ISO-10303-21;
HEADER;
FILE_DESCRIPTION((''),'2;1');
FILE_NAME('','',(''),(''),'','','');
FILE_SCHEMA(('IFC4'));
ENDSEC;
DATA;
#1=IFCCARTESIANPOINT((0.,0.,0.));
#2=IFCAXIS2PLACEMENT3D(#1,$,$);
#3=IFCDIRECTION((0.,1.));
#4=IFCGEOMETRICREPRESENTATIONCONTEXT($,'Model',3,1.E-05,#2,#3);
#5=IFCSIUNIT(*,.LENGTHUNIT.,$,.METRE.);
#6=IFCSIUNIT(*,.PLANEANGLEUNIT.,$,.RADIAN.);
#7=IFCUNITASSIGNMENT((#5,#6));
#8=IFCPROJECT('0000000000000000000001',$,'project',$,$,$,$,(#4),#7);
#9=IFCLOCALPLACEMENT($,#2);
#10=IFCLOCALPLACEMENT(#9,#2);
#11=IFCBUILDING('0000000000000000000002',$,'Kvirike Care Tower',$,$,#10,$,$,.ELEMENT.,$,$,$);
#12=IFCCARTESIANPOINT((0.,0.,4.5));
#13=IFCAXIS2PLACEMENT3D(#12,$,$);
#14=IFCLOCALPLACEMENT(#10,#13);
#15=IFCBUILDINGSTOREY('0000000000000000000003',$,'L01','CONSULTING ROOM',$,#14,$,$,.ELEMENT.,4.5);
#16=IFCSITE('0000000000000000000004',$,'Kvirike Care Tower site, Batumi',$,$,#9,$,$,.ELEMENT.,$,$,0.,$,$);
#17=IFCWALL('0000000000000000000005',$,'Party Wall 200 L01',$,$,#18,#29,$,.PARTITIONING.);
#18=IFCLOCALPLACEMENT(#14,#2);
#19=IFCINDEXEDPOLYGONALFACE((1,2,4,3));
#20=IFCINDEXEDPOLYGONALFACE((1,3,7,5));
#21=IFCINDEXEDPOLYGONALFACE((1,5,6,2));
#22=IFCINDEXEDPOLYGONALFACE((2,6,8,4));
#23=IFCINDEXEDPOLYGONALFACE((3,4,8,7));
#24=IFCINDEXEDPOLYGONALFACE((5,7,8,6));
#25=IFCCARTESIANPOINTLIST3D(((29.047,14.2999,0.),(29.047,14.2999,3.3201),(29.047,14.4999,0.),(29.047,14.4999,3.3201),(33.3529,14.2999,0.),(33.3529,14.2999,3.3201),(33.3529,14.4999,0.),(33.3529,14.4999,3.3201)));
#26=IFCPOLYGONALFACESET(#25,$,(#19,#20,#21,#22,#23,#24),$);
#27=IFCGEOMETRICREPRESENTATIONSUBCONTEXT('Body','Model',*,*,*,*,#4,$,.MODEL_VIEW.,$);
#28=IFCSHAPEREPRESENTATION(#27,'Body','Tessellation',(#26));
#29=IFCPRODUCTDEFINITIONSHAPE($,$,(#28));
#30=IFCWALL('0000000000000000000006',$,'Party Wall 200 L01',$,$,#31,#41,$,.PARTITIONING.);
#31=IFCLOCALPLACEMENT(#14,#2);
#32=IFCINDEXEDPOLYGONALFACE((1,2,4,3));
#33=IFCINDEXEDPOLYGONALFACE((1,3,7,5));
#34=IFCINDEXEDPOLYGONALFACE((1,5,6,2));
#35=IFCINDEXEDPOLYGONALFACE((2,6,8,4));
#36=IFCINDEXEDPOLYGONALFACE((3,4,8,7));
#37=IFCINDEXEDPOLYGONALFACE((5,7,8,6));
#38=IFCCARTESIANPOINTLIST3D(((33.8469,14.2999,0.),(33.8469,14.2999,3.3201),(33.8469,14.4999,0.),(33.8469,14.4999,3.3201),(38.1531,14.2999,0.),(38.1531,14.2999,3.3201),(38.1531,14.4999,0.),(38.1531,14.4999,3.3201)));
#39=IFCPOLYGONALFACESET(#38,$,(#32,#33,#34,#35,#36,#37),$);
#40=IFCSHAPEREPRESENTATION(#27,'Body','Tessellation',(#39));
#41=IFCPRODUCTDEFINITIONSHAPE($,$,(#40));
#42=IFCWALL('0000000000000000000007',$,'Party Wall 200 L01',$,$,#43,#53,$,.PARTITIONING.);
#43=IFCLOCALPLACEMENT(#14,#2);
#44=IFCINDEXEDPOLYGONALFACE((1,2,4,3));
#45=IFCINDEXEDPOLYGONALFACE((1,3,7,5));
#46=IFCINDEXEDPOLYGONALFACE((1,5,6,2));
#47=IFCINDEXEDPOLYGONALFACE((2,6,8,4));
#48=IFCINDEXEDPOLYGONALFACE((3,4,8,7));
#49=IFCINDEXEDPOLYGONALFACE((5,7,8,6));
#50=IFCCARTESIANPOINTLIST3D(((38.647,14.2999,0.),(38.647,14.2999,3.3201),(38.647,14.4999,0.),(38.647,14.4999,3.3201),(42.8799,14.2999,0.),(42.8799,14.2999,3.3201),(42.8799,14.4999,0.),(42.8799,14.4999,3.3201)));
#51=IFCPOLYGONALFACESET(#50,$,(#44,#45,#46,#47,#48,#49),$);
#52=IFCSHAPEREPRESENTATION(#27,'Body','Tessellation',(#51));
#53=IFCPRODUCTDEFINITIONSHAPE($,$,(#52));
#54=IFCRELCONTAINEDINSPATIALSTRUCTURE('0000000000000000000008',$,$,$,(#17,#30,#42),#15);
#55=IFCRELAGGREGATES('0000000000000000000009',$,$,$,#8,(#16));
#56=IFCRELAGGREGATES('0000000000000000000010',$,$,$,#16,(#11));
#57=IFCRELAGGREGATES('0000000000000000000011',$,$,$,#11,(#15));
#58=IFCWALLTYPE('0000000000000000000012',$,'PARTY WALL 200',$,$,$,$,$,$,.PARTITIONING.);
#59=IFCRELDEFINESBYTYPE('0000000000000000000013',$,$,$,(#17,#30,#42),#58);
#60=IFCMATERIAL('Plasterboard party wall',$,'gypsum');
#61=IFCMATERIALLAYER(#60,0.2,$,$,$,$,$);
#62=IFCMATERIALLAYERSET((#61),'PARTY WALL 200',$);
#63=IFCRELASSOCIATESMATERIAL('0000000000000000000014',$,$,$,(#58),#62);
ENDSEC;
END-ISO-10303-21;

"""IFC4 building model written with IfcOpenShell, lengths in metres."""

from ifc_helpers import new_model, si_unit, direction, frame, frame_2d, origin, place, context, subcontext, project, spatial, rectangle, extrude, material, layer, layer_set, type_object, element, save


model = new_model("IFC4")

# Units and contexts
model_context = context("Model", 3, precision=1e-05, world=origin(), true_north=direction((0.0, 1.0)))
body_context = subcontext(model_context, "Body", "Model", "MODEL_VIEW")
ifc_project = project(units=[si_unit("LENGTHUNIT", "METRE"), si_unit("PLANEANGLEUNIT", "RADIAN")], contexts=[model_context])

# Site, building, storey
site_placement = place(None, origin())
site = spatial("IfcSite", under=ifc_project, at=site_placement, Name="Kvirike Care Tower site, Batumi", CompositionType="ELEMENT", RefElevation=0.0)
building_placement = place(site_placement, origin())
building = spatial("IfcBuilding", under=site, at=building_placement, Name="Kvirike Care Tower", CompositionType="ELEMENT")
storey_placement = place(building_placement, frame((0.0, 0.0, 4.5)))
storey = spatial("IfcBuildingStorey", under=building, at=storey_placement, Name="L01", Description="CONSULTING ROOM", CompositionType="ELEMENT", Elevation=4.5)

# Walls
ifc_material_1 = material(Name="Plasterboard party wall", Category="gypsum")
ifc_layer_1 = layer(ifc_material_1, 0.2)
ifc_layer_set_1 = layer_set([ifc_layer_1], Name="PARTY WALL 200")
wall_type_1 = type_object("IfcWallType", Name="PARTY WALL 200", PredefinedType="PARTITIONING", material=ifc_layer_set_1)
wall_1_placement = place(storey_placement, frame((29.0471, 14.3999, 0.0), z_axis=(0.0, 0.0, 1.0), x_axis=(1.0, 0.0, 0.0)))
element("IfcWall", 1, at=wall_1_placement, inside=storey, type_object=wall_type_1, Name="Party Wall 200 L01", PredefinedType="PARTITIONING", context=body_context, shape_type="SweptSolid", body=[
    extrude(rectangle(XDim=4.3059, YDim=0.2, at=frame_2d((2.1528, 0.0))), origin(), (0.0, 0.0, 1.0), 3.3201),
])
wall_2_placement = place(storey_placement, frame((33.8469, 14.3999, 0.0), z_axis=(0.0, 0.0, 1.0), x_axis=(1.0, 0.0, 0.0)))
element("IfcWall", 2, at=wall_2_placement, inside=storey, type_object=wall_type_1, Name="Party Wall 200 L01", PredefinedType="PARTITIONING", context=body_context, shape_type="SweptSolid", body=[
    extrude(rectangle(XDim=4.3062, YDim=0.2, at=frame_2d((2.1531, 0.0))), origin(), (0.0, 0.0, 1.0), 3.3201),
])
wall_3_placement = place(storey_placement, frame((38.647, 14.3999, 0.0), z_axis=(0.0, 0.0, 1.0), x_axis=(1.0, 0.0, 0.0)))
element("IfcWall", 3, at=wall_3_placement, inside=storey, type_object=wall_type_1, Name="Party Wall 200 L01", PredefinedType="PARTITIONING", context=body_context, shape_type="SweptSolid", body=[
    extrude(rectangle(XDim=4.2329, YDim=0.2, at=frame_2d((2.1165, 0.0))), origin(), (0.0, 0.0, 1.0), 3.3201),
])

save(model, "model.ifc")
